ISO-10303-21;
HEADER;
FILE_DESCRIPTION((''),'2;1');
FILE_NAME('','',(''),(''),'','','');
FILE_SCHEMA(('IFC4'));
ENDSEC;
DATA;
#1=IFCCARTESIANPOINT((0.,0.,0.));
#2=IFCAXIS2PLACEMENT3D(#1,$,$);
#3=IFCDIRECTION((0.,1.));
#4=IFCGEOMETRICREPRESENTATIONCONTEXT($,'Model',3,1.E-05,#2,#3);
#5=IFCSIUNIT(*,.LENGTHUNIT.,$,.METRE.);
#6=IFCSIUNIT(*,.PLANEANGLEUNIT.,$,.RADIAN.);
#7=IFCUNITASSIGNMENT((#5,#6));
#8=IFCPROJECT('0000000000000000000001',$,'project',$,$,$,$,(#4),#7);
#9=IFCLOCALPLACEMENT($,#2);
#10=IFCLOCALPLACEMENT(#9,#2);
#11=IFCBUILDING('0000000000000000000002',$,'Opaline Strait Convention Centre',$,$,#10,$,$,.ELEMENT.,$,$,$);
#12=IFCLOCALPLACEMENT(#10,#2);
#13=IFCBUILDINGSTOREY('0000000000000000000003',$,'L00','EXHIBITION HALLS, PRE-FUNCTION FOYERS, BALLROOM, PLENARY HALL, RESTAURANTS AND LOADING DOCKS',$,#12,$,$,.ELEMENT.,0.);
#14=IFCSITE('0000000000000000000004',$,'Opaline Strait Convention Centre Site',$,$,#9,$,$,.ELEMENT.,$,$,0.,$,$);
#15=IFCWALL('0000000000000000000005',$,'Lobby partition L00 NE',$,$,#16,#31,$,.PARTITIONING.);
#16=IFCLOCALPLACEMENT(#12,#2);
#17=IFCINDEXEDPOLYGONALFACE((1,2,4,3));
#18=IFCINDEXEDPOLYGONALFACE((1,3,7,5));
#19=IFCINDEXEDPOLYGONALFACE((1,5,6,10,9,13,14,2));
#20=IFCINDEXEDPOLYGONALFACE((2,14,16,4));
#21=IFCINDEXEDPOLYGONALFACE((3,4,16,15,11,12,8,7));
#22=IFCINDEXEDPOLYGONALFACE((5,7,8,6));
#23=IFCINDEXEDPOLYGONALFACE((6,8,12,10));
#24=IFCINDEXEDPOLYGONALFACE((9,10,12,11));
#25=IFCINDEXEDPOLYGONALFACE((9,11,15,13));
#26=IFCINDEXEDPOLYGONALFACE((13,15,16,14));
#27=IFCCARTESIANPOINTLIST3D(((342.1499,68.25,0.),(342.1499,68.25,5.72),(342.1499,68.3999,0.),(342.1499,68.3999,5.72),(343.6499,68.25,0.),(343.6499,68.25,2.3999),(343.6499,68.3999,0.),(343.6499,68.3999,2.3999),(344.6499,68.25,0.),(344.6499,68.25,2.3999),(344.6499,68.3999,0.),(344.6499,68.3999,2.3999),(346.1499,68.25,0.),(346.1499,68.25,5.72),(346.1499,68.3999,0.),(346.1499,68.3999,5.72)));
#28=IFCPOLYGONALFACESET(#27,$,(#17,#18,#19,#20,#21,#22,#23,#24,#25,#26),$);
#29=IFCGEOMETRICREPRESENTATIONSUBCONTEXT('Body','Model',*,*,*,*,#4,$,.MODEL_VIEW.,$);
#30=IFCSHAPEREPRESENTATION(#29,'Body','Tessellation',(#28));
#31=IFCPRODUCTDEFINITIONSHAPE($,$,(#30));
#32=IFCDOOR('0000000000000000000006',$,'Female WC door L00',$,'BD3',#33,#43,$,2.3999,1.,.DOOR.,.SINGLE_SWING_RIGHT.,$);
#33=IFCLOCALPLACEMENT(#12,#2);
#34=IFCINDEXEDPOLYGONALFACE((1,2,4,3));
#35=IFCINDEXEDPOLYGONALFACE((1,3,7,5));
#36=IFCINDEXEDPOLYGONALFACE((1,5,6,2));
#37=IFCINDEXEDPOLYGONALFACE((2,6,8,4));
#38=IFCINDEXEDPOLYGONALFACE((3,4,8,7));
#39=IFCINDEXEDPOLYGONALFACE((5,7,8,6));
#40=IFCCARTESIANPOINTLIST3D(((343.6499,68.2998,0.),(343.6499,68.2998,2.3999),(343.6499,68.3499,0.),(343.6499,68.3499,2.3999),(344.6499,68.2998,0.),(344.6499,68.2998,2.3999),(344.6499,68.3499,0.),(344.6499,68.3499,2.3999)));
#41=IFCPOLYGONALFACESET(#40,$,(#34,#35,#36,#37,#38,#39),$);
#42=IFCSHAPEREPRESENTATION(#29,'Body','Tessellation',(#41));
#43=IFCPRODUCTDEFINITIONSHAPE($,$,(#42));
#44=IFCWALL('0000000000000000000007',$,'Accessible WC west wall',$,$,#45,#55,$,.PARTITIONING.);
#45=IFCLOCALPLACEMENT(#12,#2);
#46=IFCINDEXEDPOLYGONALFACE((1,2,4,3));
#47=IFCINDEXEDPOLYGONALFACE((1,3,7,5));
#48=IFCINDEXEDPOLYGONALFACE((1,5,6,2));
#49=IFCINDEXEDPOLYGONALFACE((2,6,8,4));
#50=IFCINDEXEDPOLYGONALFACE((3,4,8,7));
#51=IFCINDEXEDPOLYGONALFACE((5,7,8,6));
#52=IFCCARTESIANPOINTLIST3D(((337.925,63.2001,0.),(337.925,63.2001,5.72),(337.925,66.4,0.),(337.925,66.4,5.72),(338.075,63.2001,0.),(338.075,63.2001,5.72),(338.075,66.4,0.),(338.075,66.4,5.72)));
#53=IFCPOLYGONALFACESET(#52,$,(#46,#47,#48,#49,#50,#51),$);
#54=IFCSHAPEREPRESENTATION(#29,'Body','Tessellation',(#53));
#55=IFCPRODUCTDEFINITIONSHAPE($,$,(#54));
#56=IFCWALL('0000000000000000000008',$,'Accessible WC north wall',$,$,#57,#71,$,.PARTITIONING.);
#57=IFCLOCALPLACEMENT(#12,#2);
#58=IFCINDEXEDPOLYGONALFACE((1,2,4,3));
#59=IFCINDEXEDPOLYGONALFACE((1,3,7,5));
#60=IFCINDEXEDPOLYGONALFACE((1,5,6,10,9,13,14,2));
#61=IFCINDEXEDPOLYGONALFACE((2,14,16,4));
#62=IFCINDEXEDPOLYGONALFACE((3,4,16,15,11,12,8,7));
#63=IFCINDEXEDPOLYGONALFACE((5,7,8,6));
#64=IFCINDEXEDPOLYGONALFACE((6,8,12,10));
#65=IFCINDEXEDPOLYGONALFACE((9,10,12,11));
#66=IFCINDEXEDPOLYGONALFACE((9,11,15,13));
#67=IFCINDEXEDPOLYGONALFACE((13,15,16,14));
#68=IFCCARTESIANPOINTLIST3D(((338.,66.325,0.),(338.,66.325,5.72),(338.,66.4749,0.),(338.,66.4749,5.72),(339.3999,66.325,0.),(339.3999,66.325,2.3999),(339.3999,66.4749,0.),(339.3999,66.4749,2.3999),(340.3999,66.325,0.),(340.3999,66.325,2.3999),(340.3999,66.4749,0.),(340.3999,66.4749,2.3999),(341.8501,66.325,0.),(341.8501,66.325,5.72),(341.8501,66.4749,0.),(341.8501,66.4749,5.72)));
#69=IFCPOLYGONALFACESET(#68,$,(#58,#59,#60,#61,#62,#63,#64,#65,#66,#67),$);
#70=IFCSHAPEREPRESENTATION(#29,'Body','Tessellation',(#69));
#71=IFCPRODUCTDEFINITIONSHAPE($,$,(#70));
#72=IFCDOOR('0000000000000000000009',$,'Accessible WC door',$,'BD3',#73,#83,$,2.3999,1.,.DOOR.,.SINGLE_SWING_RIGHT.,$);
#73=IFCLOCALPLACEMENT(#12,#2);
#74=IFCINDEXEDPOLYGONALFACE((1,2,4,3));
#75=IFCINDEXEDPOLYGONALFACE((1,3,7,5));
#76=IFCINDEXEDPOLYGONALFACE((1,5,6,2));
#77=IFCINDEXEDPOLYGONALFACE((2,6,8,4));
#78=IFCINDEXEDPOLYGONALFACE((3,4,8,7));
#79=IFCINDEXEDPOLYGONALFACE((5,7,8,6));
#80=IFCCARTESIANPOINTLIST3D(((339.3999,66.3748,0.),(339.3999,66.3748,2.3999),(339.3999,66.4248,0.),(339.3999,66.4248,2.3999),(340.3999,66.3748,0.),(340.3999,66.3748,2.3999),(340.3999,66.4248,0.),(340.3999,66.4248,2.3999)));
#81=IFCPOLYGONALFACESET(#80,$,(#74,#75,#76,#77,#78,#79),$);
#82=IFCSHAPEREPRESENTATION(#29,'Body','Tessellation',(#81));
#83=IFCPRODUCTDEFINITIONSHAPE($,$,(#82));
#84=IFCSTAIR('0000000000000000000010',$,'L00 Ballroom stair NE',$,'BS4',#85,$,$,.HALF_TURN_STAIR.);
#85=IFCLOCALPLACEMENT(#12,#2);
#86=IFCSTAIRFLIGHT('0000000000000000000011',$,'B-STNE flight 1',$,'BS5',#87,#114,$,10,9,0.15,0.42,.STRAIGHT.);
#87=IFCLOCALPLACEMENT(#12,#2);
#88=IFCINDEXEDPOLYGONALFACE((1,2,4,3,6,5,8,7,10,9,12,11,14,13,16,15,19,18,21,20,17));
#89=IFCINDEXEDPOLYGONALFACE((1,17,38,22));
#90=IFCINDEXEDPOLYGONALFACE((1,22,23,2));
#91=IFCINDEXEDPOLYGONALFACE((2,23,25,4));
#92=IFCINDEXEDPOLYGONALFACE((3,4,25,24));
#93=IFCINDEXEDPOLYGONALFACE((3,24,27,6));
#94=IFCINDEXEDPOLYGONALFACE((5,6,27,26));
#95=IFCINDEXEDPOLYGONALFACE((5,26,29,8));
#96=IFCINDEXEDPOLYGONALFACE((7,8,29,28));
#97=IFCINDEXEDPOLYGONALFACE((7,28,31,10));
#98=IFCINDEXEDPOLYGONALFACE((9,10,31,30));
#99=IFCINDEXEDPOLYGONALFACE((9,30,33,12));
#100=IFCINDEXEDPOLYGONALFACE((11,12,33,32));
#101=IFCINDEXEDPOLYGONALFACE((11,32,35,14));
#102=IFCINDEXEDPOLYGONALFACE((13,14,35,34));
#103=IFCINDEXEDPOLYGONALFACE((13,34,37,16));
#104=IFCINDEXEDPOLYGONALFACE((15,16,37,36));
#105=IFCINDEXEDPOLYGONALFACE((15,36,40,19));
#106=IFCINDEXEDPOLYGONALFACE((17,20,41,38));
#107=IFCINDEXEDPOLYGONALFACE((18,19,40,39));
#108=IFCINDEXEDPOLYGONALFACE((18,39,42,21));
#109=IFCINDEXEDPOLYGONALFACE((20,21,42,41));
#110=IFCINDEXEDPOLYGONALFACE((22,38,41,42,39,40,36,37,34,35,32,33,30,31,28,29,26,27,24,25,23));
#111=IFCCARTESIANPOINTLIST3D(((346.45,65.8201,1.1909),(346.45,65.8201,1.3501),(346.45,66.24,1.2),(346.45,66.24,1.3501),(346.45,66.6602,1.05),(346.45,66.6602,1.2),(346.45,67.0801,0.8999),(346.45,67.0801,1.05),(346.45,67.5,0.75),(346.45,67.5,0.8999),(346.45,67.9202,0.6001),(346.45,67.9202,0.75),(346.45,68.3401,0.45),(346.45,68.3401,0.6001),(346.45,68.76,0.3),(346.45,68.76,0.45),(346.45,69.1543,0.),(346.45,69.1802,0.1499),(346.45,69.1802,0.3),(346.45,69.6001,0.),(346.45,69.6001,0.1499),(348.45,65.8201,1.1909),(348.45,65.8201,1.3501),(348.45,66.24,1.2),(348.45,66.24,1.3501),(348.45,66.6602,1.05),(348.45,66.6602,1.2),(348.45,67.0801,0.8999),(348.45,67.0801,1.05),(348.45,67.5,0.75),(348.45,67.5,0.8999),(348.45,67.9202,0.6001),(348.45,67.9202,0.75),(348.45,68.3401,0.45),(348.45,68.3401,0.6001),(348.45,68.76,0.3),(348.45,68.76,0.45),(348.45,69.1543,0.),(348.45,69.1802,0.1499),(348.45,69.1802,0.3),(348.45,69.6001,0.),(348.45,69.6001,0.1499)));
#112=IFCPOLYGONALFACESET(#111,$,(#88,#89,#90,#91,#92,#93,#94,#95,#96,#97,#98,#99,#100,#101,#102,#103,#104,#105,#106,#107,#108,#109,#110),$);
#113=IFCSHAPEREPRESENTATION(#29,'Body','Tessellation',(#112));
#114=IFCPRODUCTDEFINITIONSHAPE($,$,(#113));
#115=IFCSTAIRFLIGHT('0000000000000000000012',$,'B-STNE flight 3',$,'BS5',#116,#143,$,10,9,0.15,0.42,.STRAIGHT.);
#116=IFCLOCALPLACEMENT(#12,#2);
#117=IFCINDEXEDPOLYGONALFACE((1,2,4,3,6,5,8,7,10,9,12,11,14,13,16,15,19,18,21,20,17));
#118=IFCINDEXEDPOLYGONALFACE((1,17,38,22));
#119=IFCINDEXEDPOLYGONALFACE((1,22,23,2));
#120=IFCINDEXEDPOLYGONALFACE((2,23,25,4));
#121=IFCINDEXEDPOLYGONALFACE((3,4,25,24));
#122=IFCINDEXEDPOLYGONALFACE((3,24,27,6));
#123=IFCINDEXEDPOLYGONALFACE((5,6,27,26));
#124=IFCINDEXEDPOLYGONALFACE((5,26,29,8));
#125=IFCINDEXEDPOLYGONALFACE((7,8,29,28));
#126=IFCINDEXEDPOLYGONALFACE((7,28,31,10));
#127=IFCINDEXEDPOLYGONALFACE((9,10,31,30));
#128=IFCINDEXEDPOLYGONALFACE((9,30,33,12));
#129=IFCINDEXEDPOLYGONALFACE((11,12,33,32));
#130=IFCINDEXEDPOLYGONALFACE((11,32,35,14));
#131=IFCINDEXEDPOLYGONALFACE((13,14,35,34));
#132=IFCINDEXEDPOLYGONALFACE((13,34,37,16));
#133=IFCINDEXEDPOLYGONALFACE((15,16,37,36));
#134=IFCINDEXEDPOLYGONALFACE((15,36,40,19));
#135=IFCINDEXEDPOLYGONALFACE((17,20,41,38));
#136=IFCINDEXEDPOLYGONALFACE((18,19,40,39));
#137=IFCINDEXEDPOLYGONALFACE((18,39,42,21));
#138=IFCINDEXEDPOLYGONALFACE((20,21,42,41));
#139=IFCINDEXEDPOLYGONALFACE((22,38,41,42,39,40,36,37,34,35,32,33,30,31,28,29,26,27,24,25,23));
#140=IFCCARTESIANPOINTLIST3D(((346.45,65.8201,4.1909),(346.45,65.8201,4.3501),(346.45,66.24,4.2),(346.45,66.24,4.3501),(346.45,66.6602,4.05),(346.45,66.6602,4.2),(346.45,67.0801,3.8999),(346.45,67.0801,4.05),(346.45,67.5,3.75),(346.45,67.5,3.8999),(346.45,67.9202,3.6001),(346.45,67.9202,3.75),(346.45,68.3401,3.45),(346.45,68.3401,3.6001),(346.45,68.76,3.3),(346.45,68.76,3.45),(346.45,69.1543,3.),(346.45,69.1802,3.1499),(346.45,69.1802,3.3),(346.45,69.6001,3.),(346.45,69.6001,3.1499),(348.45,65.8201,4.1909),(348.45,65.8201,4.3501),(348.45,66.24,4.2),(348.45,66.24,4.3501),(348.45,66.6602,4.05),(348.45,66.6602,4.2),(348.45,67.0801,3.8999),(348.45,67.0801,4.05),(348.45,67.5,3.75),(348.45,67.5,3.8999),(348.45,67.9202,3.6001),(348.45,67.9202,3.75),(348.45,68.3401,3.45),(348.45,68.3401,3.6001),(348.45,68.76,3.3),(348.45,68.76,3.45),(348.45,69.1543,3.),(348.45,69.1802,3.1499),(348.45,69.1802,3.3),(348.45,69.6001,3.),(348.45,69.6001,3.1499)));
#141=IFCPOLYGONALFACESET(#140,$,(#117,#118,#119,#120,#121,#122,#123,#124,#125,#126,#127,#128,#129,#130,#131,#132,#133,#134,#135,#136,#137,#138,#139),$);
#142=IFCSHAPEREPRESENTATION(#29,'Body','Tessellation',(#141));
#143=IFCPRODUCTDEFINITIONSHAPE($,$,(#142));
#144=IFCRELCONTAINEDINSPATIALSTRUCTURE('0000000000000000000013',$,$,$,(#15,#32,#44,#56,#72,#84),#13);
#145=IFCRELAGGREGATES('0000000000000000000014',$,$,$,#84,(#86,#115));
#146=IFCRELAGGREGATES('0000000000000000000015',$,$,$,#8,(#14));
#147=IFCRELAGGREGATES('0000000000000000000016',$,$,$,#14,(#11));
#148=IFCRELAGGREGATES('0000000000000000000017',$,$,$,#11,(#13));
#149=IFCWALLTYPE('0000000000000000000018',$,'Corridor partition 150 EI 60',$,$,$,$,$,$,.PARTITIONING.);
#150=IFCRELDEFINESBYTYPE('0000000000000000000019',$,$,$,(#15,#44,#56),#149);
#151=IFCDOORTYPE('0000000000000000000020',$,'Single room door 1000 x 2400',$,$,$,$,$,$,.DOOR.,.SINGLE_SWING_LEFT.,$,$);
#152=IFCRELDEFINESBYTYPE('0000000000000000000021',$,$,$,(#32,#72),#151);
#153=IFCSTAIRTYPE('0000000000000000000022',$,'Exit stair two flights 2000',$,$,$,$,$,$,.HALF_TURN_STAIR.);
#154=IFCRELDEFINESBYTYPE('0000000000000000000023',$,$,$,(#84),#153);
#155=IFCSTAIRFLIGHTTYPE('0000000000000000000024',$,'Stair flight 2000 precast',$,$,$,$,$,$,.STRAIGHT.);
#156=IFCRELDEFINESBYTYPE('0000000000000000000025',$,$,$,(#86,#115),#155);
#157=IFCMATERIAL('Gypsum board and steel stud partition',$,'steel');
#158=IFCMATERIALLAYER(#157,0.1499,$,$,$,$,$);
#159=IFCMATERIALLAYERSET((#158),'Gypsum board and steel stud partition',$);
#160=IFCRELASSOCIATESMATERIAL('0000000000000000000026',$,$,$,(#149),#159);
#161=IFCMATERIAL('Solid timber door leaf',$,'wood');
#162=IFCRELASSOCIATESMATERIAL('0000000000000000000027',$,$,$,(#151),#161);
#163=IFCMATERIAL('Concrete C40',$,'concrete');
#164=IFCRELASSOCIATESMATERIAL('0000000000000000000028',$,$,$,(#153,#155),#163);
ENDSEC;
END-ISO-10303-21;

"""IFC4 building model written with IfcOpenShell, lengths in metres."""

from ifc_helpers import new_model, si_unit, direction, frame, frame_2d, origin, place, context, subcontext, project, spatial, polyline, rectangle, outline, extrude, material, layer, layer_set, type_object, element, fill, aggregate, save


model = new_model("IFC4")

# Units and contexts
model_context = context("Model", 3, precision=1e-05, world=origin(), true_north=direction((0.0, 1.0)))
body_context = subcontext(model_context, "Body", "Model", "MODEL_VIEW")
ifc_project = project(units=[si_unit("LENGTHUNIT", "METRE"), si_unit("PLANEANGLEUNIT", "RADIAN")], contexts=[model_context])

# Site, building, storey
site_placement = place(None, origin())
site = spatial("IfcSite", under=ifc_project, at=site_placement, Name="Opaline Strait Convention Centre Site", CompositionType="ELEMENT", RefElevation=0.0)
building_placement = place(site_placement, origin())
building = spatial("IfcBuilding", under=site, at=building_placement, Name="Opaline Strait Convention Centre", CompositionType="ELEMENT")
storey_placement = place(building_placement, origin())
storey = spatial("IfcBuildingStorey", under=building, at=storey_placement, Name="L00", Description="EXHIBITION HALLS, PRE-FUNCTION FOYERS, BALLROOM, PLENARY HALL, RESTAURANTS AND LOADING DOCKS", CompositionType="ELEMENT", Elevation=0.0)

# Wall, opening, door
ifc_material_1 = material(Name="Concrete C40", Category="concrete")
ifc_material_2 = material(Name="Gypsum board and steel stud partition", Category="steel")
ifc_layer_1 = layer(ifc_material_2, 0.1499)
ifc_layer_set_1 = layer_set([ifc_layer_1], Name="Gypsum board and steel stud partition")
wall_type_1 = type_object("IfcWallType", Name="Corridor partition 150 EI 60", PredefinedType="PARTITIONING", material=ifc_layer_set_1)
wall_1_placement = place(storey_placement, frame((342.1499, 68.325, 0.0), z_axis=(0.0, 0.0, 1.0), x_axis=(1.0, 0.0, 0.0)))
wall_1 = element("IfcWall", 1, at=wall_1_placement, inside=storey, type_object=wall_type_1, Name="Lobby partition L00 NE", PredefinedType="PARTITIONING", context=body_context, shape_type="SweptSolid", body=[
    extrude(rectangle(XDim=4.0, YDim=0.1499, at=frame_2d((2.0, 0.0))), origin(), (0.0, 0.0, 1.0), 5.72),
])
opening_1_placement = place(wall_1_placement, frame((1.5, 0.0, 0.0)))
opening_1 = element("IfcOpeningElement", 2, at=opening_1_placement, cuts=wall_1, PredefinedType="OPENING", context=body_context, shape_type="SweptSolid", body=[
    extrude(rectangle(XDim=1.0, YDim=2.3999, at=frame_2d((0.5, 1.2))), frame((0.0, 0.085, 0.0), z_axis=(0.0, -1.0, 0.0), x_axis=(1.0, 0.0, 0.0)), (0.0, 0.0, 1.0), 0.1699),
])
ifc_material_3 = material(Name="Solid timber door leaf", Category="wood")
door_type_1 = type_object("IfcDoorType", Name="Single room door 1000 x 2400", OperationType="SINGLE_SWING_LEFT", PredefinedType="DOOR", material=ifc_material_3)
door_1_placement = place(opening_1_placement, origin())
door_1 = element("IfcDoor", 3, at=door_1_placement, inside=storey, type_object=door_type_1, Name="Female WC door L00", ObjectType="BD3", OperationType="SINGLE_SWING_RIGHT", OverallHeight=2.3999, OverallWidth=1.0, PredefinedType="DOOR", context=body_context, shape_type="SweptSolid", body=[
    extrude(rectangle(XDim=1.0, YDim=2.3999, at=frame_2d((0.5, 1.2))), frame((0.0, 0.0249, 0.0), z_axis=(0.0, -1.0, 0.0), x_axis=(1.0, 0.0, 0.0)), (0.0, 0.0, 1.0), 0.05),
])
fill(opening_1, door_1)

# Wall
wall_2_placement = place(storey_placement, frame((338.0, 63.2, 0.0), z_axis=(0.0, 0.0, 1.0), x_axis=(0.0, 1.0, 0.0)))
element("IfcWall", 4, at=wall_2_placement, inside=storey, type_object=wall_type_1, Name="Accessible WC west wall", PredefinedType="PARTITIONING", context=body_context, shape_type="SweptSolid", body=[
    extrude(rectangle(XDim=3.2, YDim=0.1499, at=frame_2d((1.6001, 0.0))), origin(), (0.0, 0.0, 1.0), 5.72),
])

# Wall, opening, door
wall_3_placement = place(storey_placement, frame((338.0, 66.3999, 0.0), z_axis=(0.0, 0.0, 1.0), x_axis=(1.0, 0.0, 0.0)))
wall_3 = element("IfcWall", 5, at=wall_3_placement, inside=storey, type_object=wall_type_1, Name="Accessible WC north wall", PredefinedType="PARTITIONING", context=body_context, shape_type="SweptSolid", body=[
    extrude(rectangle(XDim=3.8501, YDim=0.1499, at=frame_2d((1.925, 0.0))), origin(), (0.0, 0.0, 1.0), 5.72),
])
opening_2_placement = place(wall_3_placement, frame((1.3999, 0.0, 0.0)))
opening_2 = element("IfcOpeningElement", 6, at=opening_2_placement, cuts=wall_3, PredefinedType="OPENING", context=body_context, shape_type="SweptSolid", body=[
    extrude(rectangle(XDim=1.0, YDim=2.3999, at=frame_2d((0.5, 1.2))), frame((0.0, 0.085, 0.0), z_axis=(0.0, -1.0, 0.0), x_axis=(1.0, 0.0, 0.0)), (0.0, 0.0, 1.0), 0.1699),
])
door_2_placement = place(opening_2_placement, origin())
door_2 = element("IfcDoor", 7, at=door_2_placement, inside=storey, type_object=door_type_1, Name="Accessible WC door", ObjectType="BD3", OperationType="SINGLE_SWING_RIGHT", OverallHeight=2.3999, OverallWidth=1.0, PredefinedType="DOOR", context=body_context, shape_type="SweptSolid", body=[
    extrude(rectangle(XDim=1.0, YDim=2.3999, at=frame_2d((0.5, 1.2))), frame((0.0, 0.0249, 0.0), z_axis=(0.0, -1.0, 0.0), x_axis=(1.0, 0.0, 0.0)), (0.0, 0.0, 1.0), 0.05),
])
fill(opening_2, door_2)

# Stair, stair flights
stair_type = type_object("IfcStairType", Name="Exit stair two flights 2000", PredefinedType="HALF_TURN_STAIR", material=ifc_material_1)
stair_placement = place(storey_placement, origin())
stair = element("IfcStair", 8, at=stair_placement, inside=storey, type_object=stair_type, Name="L00 Ballroom stair NE", ObjectType="BS4", PredefinedType="HALF_TURN_STAIR")
stair_flight_type = type_object("IfcStairFlightType", Name="Stair flight 2000 precast", PredefinedType="STRAIGHT", material=ifc_material_1)
stair_flight_1_placement = place(storey_placement, frame((347.45, 69.6001, 0.0), z_axis=(0.0, 0.0, 1.0), x_axis=(0.0, -1.0, 0.0)))
stair_flight_1 = element("IfcStairFlight", 9, at=stair_flight_1_placement, type_object=stair_flight_type, Name="B-STNE flight 1", ObjectType="BS5", NumberOfRisers=10, NumberOfTreads=9, PredefinedType="STRAIGHT", RiserHeight=0.15, TreadLength=0.42, context=body_context, shape_type="SweptSolid", body=[
    extrude(outline(polyline([(0.0, 0.0), (0.0, 0.1499), (0.4199, 0.1499), (0.4199, 0.3), (0.8401, 0.3), (0.8401, 0.45), (1.26, 0.45), (1.26, 0.6001), (1.6799, 0.6001), (1.6799, 0.75), (2.1001, 0.75), (2.1001, 0.8999), (2.52, 0.8999), (2.52, 1.05), (2.9399, 1.05), (2.9399, 1.2), (3.3601, 1.2), (3.3601, 1.3501), (3.78, 1.3501), (3.78, 1.5), (3.78, 1.1909), (0.4458, 0.0), (0.0, 0.0)])), frame((0.0, 1.0, 0.0), z_axis=(0.0, -1.0, 0.0), x_axis=(1.0, 0.0, 0.0)), (0.0, 0.0, 1.0), 2.0),
])
stair_flight_2_placement = place(storey_placement, frame((347.45, 69.6001, 3.0), z_axis=(0.0, 0.0, 1.0), x_axis=(0.0, -1.0, 0.0)))
stair_flight_2 = element("IfcStairFlight", 10, at=stair_flight_2_placement, type_object=stair_flight_type, Name="B-STNE flight 3", ObjectType="BS5", NumberOfRisers=10, NumberOfTreads=9, PredefinedType="STRAIGHT", RiserHeight=0.15, TreadLength=0.42, context=body_context, shape_type="SweptSolid", body=[
    extrude(outline(polyline([(0.0, 0.0), (0.0, 0.1499), (0.4199, 0.1499), (0.4199, 0.3), (0.8401, 0.3), (0.8401, 0.45), (1.26, 0.45), (1.26, 0.6001), (1.6799, 0.6001), (1.6799, 0.75), (2.1001, 0.75), (2.1001, 0.8999), (2.52, 0.8999), (2.52, 1.05), (2.9399, 1.05), (2.9399, 1.2), (3.3601, 1.2), (3.3601, 1.3501), (3.78, 1.3501), (3.78, 1.5), (3.78, 1.1909), (0.4458, 0.0), (0.0, 0.0)])), frame((0.0, 1.0, 0.0), z_axis=(0.0, -1.0, 0.0), x_axis=(1.0, 0.0, 0.0)), (0.0, 0.0, 1.0), 2.0),
])
aggregate(stair, [stair_flight_1, stair_flight_2])

save(model, "model.ifc")
